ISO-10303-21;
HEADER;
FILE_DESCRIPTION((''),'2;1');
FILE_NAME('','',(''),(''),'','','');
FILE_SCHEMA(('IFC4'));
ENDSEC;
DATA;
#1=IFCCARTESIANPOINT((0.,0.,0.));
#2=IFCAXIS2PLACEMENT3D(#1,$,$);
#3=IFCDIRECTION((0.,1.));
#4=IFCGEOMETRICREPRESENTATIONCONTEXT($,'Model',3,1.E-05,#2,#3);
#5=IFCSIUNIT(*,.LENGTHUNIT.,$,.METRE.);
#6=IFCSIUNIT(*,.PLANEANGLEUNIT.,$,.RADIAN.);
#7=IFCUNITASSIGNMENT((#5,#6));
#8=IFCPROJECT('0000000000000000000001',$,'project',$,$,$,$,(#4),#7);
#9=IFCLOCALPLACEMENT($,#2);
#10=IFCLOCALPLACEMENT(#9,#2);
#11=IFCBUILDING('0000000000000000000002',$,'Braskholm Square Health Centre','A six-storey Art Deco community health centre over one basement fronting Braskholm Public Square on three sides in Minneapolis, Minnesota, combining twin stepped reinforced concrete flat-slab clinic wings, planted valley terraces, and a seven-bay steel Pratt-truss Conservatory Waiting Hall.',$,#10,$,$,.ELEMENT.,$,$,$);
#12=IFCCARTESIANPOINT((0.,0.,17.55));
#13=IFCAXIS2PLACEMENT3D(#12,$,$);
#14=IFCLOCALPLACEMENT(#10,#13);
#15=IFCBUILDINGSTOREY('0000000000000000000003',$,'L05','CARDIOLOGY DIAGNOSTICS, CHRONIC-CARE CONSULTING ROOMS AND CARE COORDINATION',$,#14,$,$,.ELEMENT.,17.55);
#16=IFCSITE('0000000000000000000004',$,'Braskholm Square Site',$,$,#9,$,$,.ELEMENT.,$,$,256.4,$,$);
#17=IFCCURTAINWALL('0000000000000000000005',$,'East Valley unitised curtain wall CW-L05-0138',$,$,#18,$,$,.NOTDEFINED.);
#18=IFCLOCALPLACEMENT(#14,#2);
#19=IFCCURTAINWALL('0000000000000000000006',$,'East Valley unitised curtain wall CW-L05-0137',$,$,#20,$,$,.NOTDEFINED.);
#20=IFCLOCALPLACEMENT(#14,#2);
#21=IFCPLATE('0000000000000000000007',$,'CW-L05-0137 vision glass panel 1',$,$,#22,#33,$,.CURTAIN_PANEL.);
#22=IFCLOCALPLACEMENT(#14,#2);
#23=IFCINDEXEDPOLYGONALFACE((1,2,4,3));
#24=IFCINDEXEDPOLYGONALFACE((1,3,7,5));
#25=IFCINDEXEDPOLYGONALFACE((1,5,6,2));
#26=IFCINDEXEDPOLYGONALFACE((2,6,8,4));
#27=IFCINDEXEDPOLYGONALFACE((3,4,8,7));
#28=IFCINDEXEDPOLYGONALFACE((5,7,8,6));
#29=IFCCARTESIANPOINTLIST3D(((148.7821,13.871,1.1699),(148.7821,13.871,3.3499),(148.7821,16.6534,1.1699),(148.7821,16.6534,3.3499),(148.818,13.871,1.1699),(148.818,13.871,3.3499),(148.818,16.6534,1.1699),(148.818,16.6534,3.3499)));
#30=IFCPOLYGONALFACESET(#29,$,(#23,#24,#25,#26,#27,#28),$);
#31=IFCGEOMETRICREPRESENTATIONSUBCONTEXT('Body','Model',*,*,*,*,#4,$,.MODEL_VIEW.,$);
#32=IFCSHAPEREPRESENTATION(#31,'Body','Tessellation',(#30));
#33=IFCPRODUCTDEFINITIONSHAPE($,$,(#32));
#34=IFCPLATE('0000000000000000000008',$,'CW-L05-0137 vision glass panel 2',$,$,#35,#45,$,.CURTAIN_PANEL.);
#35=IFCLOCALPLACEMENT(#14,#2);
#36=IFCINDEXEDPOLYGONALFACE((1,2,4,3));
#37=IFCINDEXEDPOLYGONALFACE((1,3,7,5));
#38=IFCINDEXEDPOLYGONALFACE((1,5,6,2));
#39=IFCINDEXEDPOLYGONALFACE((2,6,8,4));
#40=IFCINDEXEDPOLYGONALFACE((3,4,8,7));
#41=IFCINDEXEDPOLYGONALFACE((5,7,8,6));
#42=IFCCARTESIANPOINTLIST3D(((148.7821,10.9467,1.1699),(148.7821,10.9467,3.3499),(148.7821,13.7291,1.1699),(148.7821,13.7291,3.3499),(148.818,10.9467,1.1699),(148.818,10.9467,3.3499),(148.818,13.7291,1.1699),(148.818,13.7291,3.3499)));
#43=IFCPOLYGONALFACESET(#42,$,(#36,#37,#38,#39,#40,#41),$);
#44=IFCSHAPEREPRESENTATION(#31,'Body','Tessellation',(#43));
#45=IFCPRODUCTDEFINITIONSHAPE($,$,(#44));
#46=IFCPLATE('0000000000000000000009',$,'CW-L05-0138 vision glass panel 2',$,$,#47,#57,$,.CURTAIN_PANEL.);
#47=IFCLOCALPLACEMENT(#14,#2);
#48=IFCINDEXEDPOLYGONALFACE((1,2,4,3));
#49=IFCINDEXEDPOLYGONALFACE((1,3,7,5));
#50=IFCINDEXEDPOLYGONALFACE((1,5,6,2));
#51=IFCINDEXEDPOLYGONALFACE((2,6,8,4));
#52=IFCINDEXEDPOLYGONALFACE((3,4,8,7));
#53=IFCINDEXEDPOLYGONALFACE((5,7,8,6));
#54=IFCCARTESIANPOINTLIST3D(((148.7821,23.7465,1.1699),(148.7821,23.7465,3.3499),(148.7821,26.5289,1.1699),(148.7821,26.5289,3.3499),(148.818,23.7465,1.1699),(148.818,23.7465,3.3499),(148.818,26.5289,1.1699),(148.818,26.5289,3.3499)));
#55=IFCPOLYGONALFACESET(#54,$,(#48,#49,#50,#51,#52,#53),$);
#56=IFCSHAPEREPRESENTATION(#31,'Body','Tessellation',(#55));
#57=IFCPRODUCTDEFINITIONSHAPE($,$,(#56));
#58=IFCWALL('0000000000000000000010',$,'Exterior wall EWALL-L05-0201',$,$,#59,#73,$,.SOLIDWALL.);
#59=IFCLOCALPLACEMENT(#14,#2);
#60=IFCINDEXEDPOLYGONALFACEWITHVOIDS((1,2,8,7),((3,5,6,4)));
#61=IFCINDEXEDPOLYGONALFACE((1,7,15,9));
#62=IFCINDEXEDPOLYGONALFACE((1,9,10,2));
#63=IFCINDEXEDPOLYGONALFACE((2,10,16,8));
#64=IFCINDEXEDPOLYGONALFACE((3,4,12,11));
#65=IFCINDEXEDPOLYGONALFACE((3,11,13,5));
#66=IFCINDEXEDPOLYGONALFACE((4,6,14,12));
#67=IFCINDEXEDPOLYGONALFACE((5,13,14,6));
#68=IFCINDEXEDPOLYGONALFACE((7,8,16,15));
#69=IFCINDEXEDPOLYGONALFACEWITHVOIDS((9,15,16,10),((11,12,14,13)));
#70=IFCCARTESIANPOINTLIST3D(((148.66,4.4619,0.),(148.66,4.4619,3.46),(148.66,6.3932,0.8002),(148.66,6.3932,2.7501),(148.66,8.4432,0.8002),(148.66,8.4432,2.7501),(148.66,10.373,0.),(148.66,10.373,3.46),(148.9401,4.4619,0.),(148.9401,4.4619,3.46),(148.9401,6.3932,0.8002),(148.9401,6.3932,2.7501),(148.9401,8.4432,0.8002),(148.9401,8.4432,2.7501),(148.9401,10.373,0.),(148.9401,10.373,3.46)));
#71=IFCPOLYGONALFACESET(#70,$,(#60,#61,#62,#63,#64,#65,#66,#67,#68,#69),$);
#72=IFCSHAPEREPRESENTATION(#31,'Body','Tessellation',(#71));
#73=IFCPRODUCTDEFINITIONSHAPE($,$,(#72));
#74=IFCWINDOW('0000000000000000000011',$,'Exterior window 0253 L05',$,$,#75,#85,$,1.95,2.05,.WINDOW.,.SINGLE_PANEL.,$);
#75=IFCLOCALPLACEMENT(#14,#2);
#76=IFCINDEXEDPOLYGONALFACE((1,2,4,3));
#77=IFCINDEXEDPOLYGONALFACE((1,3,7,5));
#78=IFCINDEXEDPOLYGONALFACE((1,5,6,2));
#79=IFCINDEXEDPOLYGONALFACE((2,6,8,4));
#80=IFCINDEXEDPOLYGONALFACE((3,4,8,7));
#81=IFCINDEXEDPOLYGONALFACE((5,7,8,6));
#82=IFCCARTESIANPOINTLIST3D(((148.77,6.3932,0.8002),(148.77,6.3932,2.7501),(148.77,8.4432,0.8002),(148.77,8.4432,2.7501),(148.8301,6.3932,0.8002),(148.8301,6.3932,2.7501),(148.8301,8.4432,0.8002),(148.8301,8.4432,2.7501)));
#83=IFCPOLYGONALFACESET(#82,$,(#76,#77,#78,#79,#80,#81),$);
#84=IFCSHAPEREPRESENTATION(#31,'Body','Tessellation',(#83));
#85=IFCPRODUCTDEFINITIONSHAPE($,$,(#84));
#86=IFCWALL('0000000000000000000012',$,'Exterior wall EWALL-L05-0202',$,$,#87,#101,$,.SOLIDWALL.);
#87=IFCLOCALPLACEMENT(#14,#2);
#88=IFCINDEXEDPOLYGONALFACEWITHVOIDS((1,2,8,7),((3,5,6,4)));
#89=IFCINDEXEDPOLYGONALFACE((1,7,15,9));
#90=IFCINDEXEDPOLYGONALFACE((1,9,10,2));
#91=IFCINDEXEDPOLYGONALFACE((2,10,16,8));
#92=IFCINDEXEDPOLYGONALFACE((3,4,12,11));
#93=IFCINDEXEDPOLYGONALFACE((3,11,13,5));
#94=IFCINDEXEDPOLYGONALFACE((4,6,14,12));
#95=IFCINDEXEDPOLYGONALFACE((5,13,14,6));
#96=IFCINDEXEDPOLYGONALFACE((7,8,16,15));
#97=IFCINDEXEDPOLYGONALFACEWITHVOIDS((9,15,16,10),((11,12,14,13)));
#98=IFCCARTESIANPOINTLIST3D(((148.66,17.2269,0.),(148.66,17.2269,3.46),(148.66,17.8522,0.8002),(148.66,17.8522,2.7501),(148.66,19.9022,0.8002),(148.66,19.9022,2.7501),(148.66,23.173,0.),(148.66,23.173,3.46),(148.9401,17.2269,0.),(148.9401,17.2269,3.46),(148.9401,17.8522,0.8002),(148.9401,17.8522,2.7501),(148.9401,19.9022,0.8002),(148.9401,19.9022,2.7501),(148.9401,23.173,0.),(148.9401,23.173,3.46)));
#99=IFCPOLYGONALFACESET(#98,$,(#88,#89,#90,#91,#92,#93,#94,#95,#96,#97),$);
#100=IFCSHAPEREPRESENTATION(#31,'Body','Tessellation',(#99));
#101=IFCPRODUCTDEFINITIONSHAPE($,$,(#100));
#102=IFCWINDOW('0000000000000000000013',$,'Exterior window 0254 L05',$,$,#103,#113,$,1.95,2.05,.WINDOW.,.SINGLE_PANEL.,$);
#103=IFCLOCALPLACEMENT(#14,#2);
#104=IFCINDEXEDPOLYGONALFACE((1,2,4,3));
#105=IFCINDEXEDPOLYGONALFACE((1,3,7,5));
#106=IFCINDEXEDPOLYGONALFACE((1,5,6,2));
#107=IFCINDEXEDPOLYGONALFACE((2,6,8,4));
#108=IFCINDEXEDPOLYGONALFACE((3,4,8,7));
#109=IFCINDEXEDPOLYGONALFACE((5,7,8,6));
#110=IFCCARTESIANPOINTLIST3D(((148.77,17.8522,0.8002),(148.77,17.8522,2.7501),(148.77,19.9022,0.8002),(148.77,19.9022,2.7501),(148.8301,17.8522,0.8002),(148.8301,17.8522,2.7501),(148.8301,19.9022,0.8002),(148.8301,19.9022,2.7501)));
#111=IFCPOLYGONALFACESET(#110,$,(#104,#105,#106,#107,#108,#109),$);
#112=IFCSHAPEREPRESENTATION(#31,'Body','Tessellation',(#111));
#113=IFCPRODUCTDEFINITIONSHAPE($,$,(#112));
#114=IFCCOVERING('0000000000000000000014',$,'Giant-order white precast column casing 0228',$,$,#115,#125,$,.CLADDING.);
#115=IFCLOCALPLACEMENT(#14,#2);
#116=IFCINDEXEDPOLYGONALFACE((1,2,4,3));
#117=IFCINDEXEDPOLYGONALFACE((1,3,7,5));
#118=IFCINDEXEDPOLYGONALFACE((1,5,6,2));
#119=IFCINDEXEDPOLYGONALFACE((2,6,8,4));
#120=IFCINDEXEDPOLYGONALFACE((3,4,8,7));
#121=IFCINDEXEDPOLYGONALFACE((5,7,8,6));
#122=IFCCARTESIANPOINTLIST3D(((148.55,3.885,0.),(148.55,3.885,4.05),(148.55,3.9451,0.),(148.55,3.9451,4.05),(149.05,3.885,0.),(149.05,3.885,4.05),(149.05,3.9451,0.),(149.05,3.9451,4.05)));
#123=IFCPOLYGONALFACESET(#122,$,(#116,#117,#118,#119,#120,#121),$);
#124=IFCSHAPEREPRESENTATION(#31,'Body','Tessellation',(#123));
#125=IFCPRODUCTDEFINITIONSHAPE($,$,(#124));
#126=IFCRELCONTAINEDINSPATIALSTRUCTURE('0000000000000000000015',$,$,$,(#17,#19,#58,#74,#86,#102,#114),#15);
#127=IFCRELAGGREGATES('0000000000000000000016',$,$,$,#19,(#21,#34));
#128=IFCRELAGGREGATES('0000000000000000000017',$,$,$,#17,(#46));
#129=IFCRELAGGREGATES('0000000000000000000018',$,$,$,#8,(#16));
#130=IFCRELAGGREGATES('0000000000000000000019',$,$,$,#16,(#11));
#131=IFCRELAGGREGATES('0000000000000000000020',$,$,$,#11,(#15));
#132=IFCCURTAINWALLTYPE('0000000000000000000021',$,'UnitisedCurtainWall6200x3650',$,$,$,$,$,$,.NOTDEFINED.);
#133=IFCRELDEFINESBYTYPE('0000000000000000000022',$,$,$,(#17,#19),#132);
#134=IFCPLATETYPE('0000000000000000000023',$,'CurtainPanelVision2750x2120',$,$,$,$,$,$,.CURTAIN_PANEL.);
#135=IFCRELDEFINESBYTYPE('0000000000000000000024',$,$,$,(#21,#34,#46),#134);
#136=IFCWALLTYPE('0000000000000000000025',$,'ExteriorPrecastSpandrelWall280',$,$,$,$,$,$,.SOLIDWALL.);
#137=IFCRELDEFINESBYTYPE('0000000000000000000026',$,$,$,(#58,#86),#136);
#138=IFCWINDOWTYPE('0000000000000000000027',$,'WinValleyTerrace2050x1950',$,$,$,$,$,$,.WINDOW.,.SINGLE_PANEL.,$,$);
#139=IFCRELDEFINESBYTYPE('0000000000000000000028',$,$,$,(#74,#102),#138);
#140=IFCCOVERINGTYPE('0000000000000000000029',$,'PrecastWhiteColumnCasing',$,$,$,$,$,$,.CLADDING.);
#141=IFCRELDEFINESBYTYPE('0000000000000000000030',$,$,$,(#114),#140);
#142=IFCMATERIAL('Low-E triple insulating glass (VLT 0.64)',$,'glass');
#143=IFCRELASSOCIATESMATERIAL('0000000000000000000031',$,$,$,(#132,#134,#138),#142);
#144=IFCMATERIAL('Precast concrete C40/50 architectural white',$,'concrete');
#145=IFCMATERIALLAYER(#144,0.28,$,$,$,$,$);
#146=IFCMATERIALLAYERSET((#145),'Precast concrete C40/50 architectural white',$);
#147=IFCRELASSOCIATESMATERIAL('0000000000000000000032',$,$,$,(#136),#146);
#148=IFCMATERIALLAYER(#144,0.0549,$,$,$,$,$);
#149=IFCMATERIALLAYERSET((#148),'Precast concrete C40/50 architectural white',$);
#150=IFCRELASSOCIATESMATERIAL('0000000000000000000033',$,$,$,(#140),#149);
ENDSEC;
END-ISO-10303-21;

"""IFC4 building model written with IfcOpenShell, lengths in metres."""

from ifc_helpers import new_model, si_unit, direction, frame, frame_2d, origin, origin_with_axes, origin_2d, place, context, subcontext, project, spatial, rectangle, extrude, material, layer, layer_set, type_object, element, fill, aggregate, save


model = new_model("IFC4")

# Units and contexts
model_context = context("Model", 3, precision=1e-05, world=origin(), true_north=direction((0.0, 1.0)))
body_context = subcontext(model_context, "Body", "Model", "MODEL_VIEW")
ifc_project = project(units=[si_unit("LENGTHUNIT", "METRE"), si_unit("PLANEANGLEUNIT", "RADIAN")], contexts=[model_context])

# Site, building, storey
site_placement = place(None, origin())
site = spatial("IfcSite", under=ifc_project, at=site_placement, Name="Braskholm Square Site", CompositionType="ELEMENT", RefElevation=256.4)
building_placement = place(site_placement, origin())
building = spatial("IfcBuilding", under=site, at=building_placement, Name="Braskholm Square Health Centre", Description="A six-storey Art Deco community health centre over one basement fronting Braskholm Public Square on three sides in Minneapolis, Minnesota, combining twin stepped reinforced concrete flat-slab clinic wings, planted valley terraces, and a seven-bay steel Pratt-truss Conservatory Waiting Hall.", CompositionType="ELEMENT")
storey_placement = place(building_placement, frame((0.0, 0.0, 17.55)))
storey = spatial("IfcBuildingStorey", under=building, at=storey_placement, Name="L05", Description="CARDIOLOGY DIAGNOSTICS, CHRONIC-CARE CONSULTING ROOMS AND CARE COORDINATION", CompositionType="ELEMENT", Elevation=17.55)

# Curtain walls
ifc_material_1 = material(Name="Low-E triple insulating glass (VLT 0.64)", Category="glass")
curtain_wall_type = type_object("IfcCurtainWallType", Name="UnitisedCurtainWall6200x3650", PredefinedType="NOTDEFINED", material=ifc_material_1)
curtain_wall_1_placement = place(storey_placement, origin())
curtain_wall_1 = element("IfcCurtainWall", 1, at=curtain_wall_1_placement, inside=storey, type_object=curtain_wall_type, Name="East Valley unitised curtain wall CW-L05-0138", PredefinedType="NOTDEFINED")
curtain_wall_2_placement = place(storey_placement, origin())
curtain_wall_2 = element("IfcCurtainWall", 2, at=curtain_wall_2_placement, inside=storey, type_object=curtain_wall_type, Name="East Valley unitised curtain wall CW-L05-0137", PredefinedType="NOTDEFINED")

# Plates
plate_type_1 = type_object("IfcPlateType", Name="CurtainPanelVision2750x2120", PredefinedType="CURTAIN_PANEL", material=ifc_material_1)
plate_1_placement = place(storey_placement, frame((148.8, 15.2622, 1.1699), z_axis=(0.0, 0.0, 1.0), x_axis=(0.0, -1.0, 0.0)))
plate_1 = element("IfcPlate", 3, at=plate_1_placement, type_object=plate_type_1, Name="CW-L05-0137 vision glass panel 1", PredefinedType="CURTAIN_PANEL", context=body_context, shape_type="SweptSolid", body=[
    extrude(rectangle(XDim=2.7825, YDim=0.0359, at=origin_2d()), origin(), (0.0, 0.0, 1.0), 2.1799),
])
plate_2_placement = place(storey_placement, frame((148.8, 12.3379, 1.1699), z_axis=(0.0, 0.0, 1.0), x_axis=(0.0, -1.0, 0.0)))
plate_2 = element("IfcPlate", 4, at=plate_2_placement, type_object=plate_type_1, Name="CW-L05-0137 vision glass panel 2", PredefinedType="CURTAIN_PANEL", context=body_context, shape_type="SweptSolid", body=[
    extrude(rectangle(XDim=2.7825, YDim=0.0359, at=origin_2d()), origin(), (0.0, 0.0, 1.0), 2.1799),
])
aggregate(curtain_wall_2, [plate_1, plate_2])
plate_3_placement = place(storey_placement, frame((148.8, 25.1377, 1.1699), z_axis=(0.0, 0.0, 1.0), x_axis=(0.0, -1.0, 0.0)))
plate_3 = element("IfcPlate", 5, at=plate_3_placement, type_object=plate_type_1, Name="CW-L05-0138 vision glass panel 2", PredefinedType="CURTAIN_PANEL", context=body_context, shape_type="SweptSolid", body=[
    extrude(rectangle(XDim=2.7825, YDim=0.0359, at=origin_2d()), origin(), (0.0, 0.0, 1.0), 2.1799),
])
aggregate(curtain_wall_1, [plate_3])

# Walls, openings, windows
ifc_material_2 = material(Name="Precast concrete C40/50 architectural white", Category="concrete")
ifc_layer_1 = layer(ifc_material_2, 0.28)
ifc_layer_set_1 = layer_set([ifc_layer_1], Name="Precast concrete C40/50 architectural white")
wall_type = type_object("IfcWallType", Name="ExteriorPrecastSpandrelWall280", PredefinedType="SOLIDWALL", material=ifc_layer_set_1)
wall_1_placement = place(storey_placement, frame((148.8, 10.373, 0.0), z_axis=(0.0, 0.0, 1.0), x_axis=(0.0, -1.0, 0.0)))
wall_1 = element("IfcWall", 6, at=wall_1_placement, inside=storey, type_object=wall_type, Name="Exterior wall EWALL-L05-0201", PredefinedType="SOLIDWALL", context=body_context, shape_type="SweptSolid", body=[
    extrude(rectangle(XDim=5.9111, YDim=0.28, at=frame_2d((2.9556, 0.0))), origin(), (0.0, 0.0, 1.0), 3.46),
])
opening_1_placement = place(wall_1_placement, frame((1.9299, 0.0, 0.8)))
opening_1 = element("IfcOpeningElement", 7, at=opening_1_placement, cuts=wall_1, PredefinedType="OPENING", context=body_context, shape_type="SweptSolid", body=[
    extrude(rectangle(XDim=2.05, YDim=1.95, at=frame_2d((1.0249, 0.9751))), frame((0.0, 0.1499, 0.0), z_axis=(0.0, -1.0, 0.0), x_axis=(1.0, 0.0, 0.0)), (0.0, 0.0, 1.0), 0.3),
])
window_type = type_object("IfcWindowType", Name="WinValleyTerrace2050x1950", PartitioningType="SINGLE_PANEL", PredefinedType="WINDOW", material=ifc_material_1)
window_1_placement = place(opening_1_placement, origin_with_axes())
window_1 = element("IfcWindow", 8, at=window_1_placement, inside=storey, type_object=window_type, Name="Exterior window 0253 L05", OverallHeight=1.95, OverallWidth=2.05, PartitioningType="SINGLE_PANEL", PredefinedType="WINDOW", context=body_context, shape_type="SweptSolid", body=[
    extrude(rectangle(XDim=2.05, YDim=1.95, at=frame_2d((1.0249, 0.9751))), frame((0.0, 0.03, 0.0), z_axis=(0.0, -1.0, 0.0), x_axis=(1.0, 0.0, 0.0)), (0.0, 0.0, 1.0), 0.0601),
])
fill(opening_1, window_1)
wall_2_placement = place(storey_placement, frame((148.8, 23.1731, 0.0), z_axis=(0.0, 0.0, 1.0), x_axis=(0.0, -1.0, 0.0)))
wall_2 = element("IfcWall", 9, at=wall_2_placement, inside=storey, type_object=wall_type, Name="Exterior wall EWALL-L05-0202", PredefinedType="SOLIDWALL", context=body_context, shape_type="SweptSolid", body=[
    extrude(rectangle(XDim=5.946, YDim=0.28, at=frame_2d((2.9731, 0.0))), origin(), (0.0, 0.0, 1.0), 3.46),
])
opening_2_placement = place(wall_2_placement, frame((3.271, 0.0, 0.8)))
opening_2 = element("IfcOpeningElement", 10, at=opening_2_placement, cuts=wall_2, PredefinedType="OPENING", context=body_context, shape_type="SweptSolid", body=[
    extrude(rectangle(XDim=2.05, YDim=1.95, at=frame_2d((1.0249, 0.9751))), frame((0.0, 0.1499, 0.0), z_axis=(0.0, -1.0, 0.0), x_axis=(1.0, 0.0, 0.0)), (0.0, 0.0, 1.0), 0.3),
])
window_2_placement = place(opening_2_placement, origin_with_axes())
window_2 = element("IfcWindow", 11, at=window_2_placement, inside=storey, type_object=window_type, Name="Exterior window 0254 L05", OverallHeight=1.95, OverallWidth=2.05, PartitioningType="SINGLE_PANEL", PredefinedType="WINDOW", context=body_context, shape_type="SweptSolid", body=[
    extrude(rectangle(XDim=2.05, YDim=1.95, at=frame_2d((1.0249, 0.9751))), frame((0.0, 0.03, 0.0), z_axis=(0.0, -1.0, 0.0), x_axis=(1.0, 0.0, 0.0)), (0.0, 0.0, 1.0), 0.0601),
])
fill(opening_2, window_2)

# Covering
ifc_layer_2 = layer(ifc_material_2, 0.0549)
ifc_layer_set_2 = layer_set([ifc_layer_2], Name="Precast concrete C40/50 architectural white")
covering_type = type_object("IfcCoveringType", Name="PrecastWhiteColumnCasing", PredefinedType="CLADDING", material=ifc_layer_set_2)
covering_placement = place(storey_placement, frame((148.8, 3.915, 0.0), z_axis=(0.0, 0.0, 1.0), x_axis=(1.0, 0.0, 0.0)))
element("IfcCovering", 12, at=covering_placement, inside=storey, type_object=covering_type, Name="Giant-order white precast column casing 0228", PredefinedType="CLADDING", context=body_context, shape_type="SweptSolid", body=[
    extrude(rectangle(XDim=0.5, YDim=0.0601, at=origin_2d()), origin(), (0.0, 0.0, 1.0), 4.05),
])

save(model, "model.ifc")
